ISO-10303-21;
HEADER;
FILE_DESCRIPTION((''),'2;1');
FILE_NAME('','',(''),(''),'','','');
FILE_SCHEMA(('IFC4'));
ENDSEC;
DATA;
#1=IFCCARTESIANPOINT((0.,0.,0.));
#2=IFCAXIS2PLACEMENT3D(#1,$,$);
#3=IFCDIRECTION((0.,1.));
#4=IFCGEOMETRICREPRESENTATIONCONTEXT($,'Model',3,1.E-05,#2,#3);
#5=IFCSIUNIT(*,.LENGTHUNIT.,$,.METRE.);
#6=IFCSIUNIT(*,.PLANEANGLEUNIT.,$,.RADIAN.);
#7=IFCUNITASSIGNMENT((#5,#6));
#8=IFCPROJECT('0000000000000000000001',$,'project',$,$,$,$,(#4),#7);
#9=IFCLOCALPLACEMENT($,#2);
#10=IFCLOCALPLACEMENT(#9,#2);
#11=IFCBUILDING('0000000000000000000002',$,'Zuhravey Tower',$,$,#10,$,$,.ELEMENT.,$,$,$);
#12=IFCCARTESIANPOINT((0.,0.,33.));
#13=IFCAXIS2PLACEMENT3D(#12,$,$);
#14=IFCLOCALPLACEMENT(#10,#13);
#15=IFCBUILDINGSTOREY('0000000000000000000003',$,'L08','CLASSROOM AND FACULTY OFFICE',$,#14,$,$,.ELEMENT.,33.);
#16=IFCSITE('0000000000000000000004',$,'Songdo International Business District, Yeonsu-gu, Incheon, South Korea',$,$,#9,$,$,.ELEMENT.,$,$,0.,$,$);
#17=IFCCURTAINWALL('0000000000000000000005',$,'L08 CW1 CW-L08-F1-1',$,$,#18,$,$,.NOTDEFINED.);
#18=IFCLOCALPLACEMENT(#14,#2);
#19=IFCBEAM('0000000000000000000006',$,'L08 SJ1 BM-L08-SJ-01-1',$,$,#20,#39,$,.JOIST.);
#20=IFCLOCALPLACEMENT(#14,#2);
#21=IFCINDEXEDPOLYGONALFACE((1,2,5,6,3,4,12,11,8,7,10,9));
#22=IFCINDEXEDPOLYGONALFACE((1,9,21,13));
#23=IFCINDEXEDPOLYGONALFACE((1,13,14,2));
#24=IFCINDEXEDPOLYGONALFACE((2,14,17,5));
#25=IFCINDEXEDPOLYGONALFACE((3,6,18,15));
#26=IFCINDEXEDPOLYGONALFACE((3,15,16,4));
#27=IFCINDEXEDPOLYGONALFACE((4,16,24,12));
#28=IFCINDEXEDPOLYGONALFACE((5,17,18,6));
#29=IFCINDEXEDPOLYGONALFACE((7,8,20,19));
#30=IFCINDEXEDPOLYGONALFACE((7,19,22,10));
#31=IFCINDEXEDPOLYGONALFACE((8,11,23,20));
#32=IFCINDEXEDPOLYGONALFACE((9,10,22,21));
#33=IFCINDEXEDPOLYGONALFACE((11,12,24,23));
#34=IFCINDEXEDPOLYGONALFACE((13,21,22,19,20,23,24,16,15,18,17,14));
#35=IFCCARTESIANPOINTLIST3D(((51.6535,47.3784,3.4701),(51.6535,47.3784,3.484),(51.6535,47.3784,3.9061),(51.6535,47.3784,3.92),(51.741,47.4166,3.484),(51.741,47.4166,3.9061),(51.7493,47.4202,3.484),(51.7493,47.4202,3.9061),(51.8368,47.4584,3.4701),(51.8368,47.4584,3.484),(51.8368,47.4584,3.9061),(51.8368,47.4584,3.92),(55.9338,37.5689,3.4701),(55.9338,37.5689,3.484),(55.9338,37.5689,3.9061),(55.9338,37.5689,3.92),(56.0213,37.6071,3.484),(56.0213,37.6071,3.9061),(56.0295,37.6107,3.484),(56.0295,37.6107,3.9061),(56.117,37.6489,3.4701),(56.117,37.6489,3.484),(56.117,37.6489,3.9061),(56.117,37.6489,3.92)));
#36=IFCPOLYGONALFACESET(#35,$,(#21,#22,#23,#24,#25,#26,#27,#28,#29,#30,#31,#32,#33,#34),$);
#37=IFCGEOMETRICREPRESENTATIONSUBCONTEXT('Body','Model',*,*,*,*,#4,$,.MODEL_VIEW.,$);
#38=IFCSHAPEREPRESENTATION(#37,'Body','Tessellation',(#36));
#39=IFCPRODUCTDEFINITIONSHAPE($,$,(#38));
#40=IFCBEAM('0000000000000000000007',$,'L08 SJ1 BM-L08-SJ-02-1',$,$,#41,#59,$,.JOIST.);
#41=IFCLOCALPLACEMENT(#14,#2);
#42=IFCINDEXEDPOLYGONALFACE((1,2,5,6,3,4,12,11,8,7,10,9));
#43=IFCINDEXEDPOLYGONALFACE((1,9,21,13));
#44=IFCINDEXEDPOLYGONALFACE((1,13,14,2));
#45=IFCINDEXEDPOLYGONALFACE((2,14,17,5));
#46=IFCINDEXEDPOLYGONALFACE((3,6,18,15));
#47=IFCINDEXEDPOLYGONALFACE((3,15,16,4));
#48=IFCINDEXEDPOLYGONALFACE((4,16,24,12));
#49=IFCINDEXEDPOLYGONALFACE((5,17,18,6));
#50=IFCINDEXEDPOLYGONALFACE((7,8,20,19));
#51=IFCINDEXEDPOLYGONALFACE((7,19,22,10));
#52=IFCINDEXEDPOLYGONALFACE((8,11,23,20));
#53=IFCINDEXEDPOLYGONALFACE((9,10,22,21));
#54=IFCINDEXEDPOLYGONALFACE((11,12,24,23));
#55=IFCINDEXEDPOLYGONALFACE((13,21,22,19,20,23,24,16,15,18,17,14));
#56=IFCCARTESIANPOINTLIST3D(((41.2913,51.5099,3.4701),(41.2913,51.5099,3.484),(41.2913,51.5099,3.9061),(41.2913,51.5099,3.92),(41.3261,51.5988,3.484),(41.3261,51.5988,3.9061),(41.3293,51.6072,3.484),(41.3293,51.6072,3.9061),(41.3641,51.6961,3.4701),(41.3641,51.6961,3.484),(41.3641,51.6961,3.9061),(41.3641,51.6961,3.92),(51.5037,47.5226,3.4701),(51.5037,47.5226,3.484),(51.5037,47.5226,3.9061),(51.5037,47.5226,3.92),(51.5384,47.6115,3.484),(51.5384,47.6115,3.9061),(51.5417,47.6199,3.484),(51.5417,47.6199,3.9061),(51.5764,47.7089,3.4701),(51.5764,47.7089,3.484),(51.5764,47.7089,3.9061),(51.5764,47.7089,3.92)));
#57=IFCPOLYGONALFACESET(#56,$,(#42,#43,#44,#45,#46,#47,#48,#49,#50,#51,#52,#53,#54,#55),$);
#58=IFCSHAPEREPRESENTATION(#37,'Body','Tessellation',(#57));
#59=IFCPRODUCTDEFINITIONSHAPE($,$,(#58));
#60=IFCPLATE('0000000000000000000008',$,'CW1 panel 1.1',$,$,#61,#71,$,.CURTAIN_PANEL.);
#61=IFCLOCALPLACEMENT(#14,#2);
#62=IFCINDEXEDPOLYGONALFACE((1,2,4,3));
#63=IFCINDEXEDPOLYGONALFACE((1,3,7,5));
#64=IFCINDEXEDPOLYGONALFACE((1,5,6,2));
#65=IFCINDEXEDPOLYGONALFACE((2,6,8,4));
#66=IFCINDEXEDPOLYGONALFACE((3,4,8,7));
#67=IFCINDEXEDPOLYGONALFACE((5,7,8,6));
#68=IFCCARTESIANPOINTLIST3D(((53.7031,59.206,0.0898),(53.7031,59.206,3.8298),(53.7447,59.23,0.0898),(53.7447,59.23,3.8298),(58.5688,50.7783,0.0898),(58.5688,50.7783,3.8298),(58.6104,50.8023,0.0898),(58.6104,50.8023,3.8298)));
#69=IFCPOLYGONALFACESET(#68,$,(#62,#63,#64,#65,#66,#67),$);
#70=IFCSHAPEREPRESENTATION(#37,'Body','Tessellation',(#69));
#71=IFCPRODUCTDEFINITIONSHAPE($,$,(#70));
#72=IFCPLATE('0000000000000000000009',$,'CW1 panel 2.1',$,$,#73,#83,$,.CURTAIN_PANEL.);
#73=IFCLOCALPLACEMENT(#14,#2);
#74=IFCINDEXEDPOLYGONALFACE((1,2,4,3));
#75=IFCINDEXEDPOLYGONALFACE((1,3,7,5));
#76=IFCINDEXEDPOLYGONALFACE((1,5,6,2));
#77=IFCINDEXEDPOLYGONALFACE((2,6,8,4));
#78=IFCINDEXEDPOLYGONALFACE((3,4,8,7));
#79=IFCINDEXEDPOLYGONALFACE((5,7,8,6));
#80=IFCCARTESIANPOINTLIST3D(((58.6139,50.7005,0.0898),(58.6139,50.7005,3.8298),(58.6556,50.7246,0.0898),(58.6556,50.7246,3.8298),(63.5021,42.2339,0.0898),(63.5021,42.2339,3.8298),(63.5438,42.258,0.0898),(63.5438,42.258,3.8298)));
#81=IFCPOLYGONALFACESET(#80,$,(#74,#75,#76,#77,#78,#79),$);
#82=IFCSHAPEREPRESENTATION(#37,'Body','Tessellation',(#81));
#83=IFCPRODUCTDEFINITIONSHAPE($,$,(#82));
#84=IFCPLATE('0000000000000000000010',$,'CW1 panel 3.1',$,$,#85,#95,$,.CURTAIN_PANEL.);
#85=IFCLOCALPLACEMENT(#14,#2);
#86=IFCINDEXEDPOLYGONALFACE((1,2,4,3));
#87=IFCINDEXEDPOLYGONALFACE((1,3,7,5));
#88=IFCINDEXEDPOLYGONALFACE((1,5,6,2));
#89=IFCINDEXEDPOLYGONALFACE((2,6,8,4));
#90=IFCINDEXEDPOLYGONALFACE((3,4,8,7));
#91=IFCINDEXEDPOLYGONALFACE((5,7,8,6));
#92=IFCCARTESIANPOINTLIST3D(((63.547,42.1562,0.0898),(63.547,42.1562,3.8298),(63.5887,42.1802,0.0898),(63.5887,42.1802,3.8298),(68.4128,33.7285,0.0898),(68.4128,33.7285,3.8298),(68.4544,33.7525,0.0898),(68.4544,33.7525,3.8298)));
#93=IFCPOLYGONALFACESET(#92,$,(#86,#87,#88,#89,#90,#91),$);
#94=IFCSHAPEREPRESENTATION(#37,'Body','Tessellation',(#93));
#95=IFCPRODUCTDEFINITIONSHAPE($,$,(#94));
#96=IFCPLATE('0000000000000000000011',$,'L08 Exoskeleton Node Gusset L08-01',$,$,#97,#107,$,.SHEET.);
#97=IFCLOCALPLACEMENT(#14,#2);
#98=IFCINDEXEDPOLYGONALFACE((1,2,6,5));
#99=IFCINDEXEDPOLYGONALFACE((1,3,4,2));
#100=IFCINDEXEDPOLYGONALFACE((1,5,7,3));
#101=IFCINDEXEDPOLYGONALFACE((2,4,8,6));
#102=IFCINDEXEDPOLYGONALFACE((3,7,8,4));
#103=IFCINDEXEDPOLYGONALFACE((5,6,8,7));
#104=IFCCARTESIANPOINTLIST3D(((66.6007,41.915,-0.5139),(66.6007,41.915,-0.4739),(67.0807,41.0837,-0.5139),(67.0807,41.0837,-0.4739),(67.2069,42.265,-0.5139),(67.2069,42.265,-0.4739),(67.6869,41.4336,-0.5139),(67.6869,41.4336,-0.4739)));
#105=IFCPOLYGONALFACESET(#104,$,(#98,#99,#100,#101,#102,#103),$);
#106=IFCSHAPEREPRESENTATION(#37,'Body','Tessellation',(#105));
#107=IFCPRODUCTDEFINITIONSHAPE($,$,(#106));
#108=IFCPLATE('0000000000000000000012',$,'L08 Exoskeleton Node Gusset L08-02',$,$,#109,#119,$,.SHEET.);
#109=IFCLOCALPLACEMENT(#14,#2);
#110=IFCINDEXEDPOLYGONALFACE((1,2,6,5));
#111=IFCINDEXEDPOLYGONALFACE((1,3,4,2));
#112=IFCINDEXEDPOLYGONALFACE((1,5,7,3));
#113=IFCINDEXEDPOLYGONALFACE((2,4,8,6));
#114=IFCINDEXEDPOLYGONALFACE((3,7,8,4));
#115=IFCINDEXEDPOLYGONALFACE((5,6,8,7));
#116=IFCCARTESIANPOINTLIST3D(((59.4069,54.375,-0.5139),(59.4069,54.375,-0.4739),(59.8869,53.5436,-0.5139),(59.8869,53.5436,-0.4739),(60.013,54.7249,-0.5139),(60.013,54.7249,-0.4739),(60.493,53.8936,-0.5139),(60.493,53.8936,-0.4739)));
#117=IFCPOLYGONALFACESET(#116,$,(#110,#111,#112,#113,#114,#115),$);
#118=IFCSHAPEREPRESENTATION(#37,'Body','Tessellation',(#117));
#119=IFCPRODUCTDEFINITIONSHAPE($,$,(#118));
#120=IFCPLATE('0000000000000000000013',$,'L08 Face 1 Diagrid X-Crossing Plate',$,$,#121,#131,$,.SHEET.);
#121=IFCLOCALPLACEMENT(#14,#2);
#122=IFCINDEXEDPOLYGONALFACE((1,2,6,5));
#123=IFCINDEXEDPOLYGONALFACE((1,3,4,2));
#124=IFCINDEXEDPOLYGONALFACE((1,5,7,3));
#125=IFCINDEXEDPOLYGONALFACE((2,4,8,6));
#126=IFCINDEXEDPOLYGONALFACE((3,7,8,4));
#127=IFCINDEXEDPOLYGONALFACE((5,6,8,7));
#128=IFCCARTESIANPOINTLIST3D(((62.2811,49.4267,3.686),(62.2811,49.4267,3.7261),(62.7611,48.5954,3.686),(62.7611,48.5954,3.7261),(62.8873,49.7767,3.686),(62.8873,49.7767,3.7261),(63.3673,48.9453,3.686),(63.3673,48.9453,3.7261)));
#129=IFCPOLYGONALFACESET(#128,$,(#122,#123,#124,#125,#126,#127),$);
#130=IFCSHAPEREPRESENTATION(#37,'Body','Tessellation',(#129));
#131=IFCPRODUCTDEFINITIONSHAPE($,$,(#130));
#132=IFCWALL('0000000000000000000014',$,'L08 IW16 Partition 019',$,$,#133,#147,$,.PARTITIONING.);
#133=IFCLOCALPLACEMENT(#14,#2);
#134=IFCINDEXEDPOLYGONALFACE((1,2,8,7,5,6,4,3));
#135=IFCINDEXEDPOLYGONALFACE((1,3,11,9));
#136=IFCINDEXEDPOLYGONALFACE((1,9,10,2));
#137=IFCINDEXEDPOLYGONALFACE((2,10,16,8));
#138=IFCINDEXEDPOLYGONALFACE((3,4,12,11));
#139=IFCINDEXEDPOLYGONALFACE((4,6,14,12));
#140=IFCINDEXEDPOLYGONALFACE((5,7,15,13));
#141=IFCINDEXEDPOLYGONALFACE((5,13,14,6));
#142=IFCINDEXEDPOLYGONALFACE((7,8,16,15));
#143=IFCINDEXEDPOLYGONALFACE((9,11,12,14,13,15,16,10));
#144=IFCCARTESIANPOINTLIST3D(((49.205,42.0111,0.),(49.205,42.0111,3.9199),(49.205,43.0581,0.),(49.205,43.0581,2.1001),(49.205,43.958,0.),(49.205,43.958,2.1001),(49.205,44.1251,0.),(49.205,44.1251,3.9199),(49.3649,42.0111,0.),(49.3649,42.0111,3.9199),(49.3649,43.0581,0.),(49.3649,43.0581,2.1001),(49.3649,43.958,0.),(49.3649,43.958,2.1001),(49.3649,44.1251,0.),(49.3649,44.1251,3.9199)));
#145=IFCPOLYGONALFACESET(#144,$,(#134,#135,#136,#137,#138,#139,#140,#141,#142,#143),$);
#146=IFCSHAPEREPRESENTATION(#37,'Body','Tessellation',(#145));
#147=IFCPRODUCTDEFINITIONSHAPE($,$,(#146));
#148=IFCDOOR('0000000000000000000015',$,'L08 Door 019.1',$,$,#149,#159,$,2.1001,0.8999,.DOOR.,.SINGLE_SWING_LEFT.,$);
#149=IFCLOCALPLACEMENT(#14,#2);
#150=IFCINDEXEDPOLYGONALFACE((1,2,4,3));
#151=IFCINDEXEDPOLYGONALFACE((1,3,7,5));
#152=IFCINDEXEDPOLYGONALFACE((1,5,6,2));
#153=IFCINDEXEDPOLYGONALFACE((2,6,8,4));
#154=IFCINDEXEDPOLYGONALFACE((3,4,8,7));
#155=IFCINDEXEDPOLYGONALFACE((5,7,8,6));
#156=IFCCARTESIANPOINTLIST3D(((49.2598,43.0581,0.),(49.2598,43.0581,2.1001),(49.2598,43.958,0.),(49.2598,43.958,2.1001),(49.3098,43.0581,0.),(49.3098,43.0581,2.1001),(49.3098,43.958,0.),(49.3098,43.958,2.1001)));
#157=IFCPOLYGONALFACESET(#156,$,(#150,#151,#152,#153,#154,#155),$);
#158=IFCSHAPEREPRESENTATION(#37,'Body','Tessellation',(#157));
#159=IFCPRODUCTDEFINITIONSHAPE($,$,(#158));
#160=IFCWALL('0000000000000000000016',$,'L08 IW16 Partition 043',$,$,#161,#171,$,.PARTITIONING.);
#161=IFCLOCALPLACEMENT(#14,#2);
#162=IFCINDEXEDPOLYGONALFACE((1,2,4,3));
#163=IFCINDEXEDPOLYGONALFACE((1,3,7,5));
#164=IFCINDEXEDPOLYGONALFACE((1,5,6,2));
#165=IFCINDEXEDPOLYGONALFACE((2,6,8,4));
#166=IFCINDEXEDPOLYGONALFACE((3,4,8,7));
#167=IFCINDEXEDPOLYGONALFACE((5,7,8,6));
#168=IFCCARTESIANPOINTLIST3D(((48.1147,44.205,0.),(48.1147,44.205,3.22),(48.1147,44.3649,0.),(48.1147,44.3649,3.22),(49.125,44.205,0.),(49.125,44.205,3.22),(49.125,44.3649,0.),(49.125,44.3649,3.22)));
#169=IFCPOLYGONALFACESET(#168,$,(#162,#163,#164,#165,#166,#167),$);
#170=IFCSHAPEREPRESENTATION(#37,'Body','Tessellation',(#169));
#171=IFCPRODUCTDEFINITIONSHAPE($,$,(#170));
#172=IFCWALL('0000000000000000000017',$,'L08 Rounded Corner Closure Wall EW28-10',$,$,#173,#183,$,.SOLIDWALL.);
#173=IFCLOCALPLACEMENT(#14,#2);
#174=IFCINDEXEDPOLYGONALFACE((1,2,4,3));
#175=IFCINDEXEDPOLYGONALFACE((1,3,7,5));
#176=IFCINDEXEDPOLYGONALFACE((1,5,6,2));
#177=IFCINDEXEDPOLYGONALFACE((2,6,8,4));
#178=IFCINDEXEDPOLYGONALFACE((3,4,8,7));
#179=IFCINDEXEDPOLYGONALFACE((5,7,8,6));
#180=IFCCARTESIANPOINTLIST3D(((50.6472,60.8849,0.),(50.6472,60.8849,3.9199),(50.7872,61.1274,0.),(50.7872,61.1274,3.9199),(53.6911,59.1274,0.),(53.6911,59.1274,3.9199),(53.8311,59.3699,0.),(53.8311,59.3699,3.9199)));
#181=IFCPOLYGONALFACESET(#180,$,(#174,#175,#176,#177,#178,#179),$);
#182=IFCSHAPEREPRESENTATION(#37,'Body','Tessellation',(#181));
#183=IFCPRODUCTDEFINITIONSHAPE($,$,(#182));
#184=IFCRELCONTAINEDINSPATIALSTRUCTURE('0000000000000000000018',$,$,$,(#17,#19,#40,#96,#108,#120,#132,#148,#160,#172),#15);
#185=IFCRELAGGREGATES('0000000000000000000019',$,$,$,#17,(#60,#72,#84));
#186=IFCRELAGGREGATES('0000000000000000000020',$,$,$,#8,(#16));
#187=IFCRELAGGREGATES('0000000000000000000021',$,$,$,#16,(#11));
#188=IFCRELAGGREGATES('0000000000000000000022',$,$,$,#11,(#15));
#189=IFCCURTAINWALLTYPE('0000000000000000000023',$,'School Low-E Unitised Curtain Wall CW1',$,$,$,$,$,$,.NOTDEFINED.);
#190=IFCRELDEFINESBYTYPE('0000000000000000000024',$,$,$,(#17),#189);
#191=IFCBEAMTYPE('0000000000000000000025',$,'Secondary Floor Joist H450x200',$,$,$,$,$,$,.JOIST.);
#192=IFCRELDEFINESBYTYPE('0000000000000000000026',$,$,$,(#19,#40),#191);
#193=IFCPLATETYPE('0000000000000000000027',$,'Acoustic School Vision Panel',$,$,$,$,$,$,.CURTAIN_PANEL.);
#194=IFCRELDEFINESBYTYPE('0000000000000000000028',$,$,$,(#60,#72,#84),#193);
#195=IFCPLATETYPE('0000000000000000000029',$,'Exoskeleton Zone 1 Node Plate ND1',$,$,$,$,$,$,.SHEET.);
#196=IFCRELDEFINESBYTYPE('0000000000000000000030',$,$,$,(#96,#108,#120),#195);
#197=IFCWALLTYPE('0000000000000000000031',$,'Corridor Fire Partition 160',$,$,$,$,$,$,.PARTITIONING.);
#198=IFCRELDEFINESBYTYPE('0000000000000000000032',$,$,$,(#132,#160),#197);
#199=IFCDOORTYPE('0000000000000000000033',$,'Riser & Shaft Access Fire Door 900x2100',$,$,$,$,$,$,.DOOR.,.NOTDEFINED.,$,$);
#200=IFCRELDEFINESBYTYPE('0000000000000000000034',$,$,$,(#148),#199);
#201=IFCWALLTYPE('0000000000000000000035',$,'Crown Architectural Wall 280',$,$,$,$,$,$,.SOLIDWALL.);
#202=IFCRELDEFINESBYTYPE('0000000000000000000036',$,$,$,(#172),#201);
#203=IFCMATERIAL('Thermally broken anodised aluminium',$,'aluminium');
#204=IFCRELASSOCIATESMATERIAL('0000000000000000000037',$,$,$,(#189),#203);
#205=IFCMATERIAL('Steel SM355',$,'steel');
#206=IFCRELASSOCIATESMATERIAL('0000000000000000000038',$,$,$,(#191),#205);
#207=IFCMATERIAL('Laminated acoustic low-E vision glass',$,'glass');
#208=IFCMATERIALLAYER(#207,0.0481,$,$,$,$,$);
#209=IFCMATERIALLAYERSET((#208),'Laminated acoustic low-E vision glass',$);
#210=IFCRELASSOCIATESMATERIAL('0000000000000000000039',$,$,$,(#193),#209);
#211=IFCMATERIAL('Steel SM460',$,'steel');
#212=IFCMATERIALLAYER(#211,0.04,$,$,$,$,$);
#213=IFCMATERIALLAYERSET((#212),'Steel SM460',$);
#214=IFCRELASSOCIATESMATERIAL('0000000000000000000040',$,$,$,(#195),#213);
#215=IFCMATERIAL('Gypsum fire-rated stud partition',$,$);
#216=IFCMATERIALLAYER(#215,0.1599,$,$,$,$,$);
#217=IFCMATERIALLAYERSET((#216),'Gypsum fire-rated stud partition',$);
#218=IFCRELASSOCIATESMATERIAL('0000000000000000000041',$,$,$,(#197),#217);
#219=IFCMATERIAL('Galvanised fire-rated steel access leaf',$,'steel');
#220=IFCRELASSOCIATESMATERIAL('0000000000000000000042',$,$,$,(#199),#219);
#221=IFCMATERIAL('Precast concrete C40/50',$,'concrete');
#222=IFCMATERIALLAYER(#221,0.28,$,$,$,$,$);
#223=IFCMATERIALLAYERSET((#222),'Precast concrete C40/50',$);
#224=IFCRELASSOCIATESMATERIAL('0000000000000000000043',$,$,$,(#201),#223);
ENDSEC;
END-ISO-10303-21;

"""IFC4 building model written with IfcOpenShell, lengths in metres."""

from ifc_helpers import new_model, si_unit, direction, frame, frame_2d, origin, origin_2d, place, context, subcontext, project, spatial, rectangle, i_section, extrude, material, layer, layer_set, material_profile, profile_set, type_object, element, fill, aggregate, save


model = new_model("IFC4")

# Units and contexts
model_context = context("Model", 3, precision=1e-05, world=origin(), true_north=direction((0.0, 1.0)))
body_context = subcontext(model_context, "Body", "Model", "MODEL_VIEW")
ifc_project = project(units=[si_unit("LENGTHUNIT", "METRE"), si_unit("PLANEANGLEUNIT", "RADIAN")], contexts=[model_context])

# Site, building, storey
site_placement = place(None, origin())
site = spatial("IfcSite", under=ifc_project, at=site_placement, Name="Songdo International Business District, Yeonsu-gu, Incheon, South Korea", CompositionType="ELEMENT", RefElevation=0.0)
building_placement = place(site_placement, origin())
building = spatial("IfcBuilding", under=site, at=building_placement, Name="Zuhravey Tower", CompositionType="ELEMENT")
storey_placement = place(building_placement, frame((0.0, 0.0, 33.0)))
storey = spatial("IfcBuildingStorey", under=building, at=storey_placement, Name="L08", Description="CLASSROOM AND FACULTY OFFICE", CompositionType="ELEMENT", Elevation=33.0)

# Shared definitions
ifc_material_1 = material(Name="Thermally broken anodised aluminium", Category="aluminium")
curtain_wall_type = type_object("IfcCurtainWallType", Name="School Low-E Unitised Curtain Wall CW1", PredefinedType="NOTDEFINED", material=ifc_material_1)

# Curtain wall
curtain_wall_1_placement = place(storey_placement, origin())
curtain_wall_1 = element("IfcCurtainWall", 1, at=curtain_wall_1_placement, inside=storey, type_object=curtain_wall_type, Name="L08 CW1 CW-L08-F1-1", PredefinedType="NOTDEFINED")

# Shared definitions
ifc_material_2 = material(Name="Steel SM355", Category="steel")
ifc_material_3 = material(Name="Steel SM460", Category="steel")

# Beams
ifc_material_profile_1 = material_profile(ifc_material_2, i_section(OverallWidth=0.2, OverallDepth=0.45, WebThickness=0.009, FlangeThickness=0.0139, at=origin_2d()), Name="H-450x200x9x14")
ifc_profile_set_1 = profile_set([ifc_material_profile_1], Name="Steel SM355")
beam_type_1 = type_object("IfcBeamType", Name="Secondary Floor Joist H450x200", PredefinedType="JOIST", material=ifc_profile_set_1)
beam_1_placement = place(storey_placement, frame((56.0254, 37.6089, 3.6951), z_axis=(-0.399924, 0.916549, 0.0), x_axis=(-0.916549, -0.399924, 0.0)))
element("IfcBeam", 2, at=beam_1_placement, inside=storey, type_object=beam_type_1, Name="L08 SJ1 BM-L08-SJ-01-1", PredefinedType="JOIST", context=body_context, shape_type="SweptSolid", body=[
    extrude(i_section(OverallWidth=0.2, OverallDepth=0.45, WebThickness=0.009, FlangeThickness=0.0139, at=origin_2d()), origin(), (0.0, 0.0, 1.0), 10.7026),
])
beam_2_placement = place(storey_placement, frame((51.54, 47.6157, 3.6951), z_axis=(-0.931517, 0.363699, 0.0), x_axis=(-0.363699, -0.931517, 0.0)))
element("IfcBeam", 3, at=beam_2_placement, inside=storey, type_object=beam_type_1, Name="L08 SJ1 BM-L08-SJ-02-1", PredefinedType="JOIST", context=body_context, shape_type="SweptSolid", body=[
    extrude(i_section(OverallWidth=0.2, OverallDepth=0.45, WebThickness=0.009, FlangeThickness=0.0139, at=origin_2d()), origin(), (0.0, 0.0, 1.0), 10.9631),
])

# Plates
ifc_material_4 = material(Name="Laminated acoustic low-E vision glass", Category="glass")
ifc_layer_1 = layer(ifc_material_4, 0.0481)
ifc_layer_set_1 = layer_set([ifc_layer_1], Name="Laminated acoustic low-E vision glass")
plate_type_1 = type_object("IfcPlateType", Name="Acoustic School Vision Panel", PredefinedType="CURTAIN_PANEL", material=ifc_layer_set_1)
plate_1_placement = place(storey_placement, frame((56.1567, 55.0042, 0.0898), z_axis=(0.0, 0.0, 1.0), x_axis=(0.5, -0.866026, 0.0)))
plate_1 = element("IfcPlate", 4, at=plate_1_placement, type_object=plate_type_1, Name="CW1 panel 1.1", PredefinedType="CURTAIN_PANEL", context=body_context, shape_type="SweptSolid", body=[
    extrude(rectangle(XDim=9.7314, YDim=0.0481, at=origin_2d()), origin(), (0.0, 0.0, 1.0), 3.74),
])
plate_2_placement = place(storey_placement, frame((61.0789, 46.4792, 0.0898), z_axis=(0.0, 0.0, 1.0), x_axis=(0.5, -0.866026, 0.0)))
plate_2 = element("IfcPlate", 5, at=plate_2_placement, type_object=plate_type_1, Name="CW1 panel 2.1", PredefinedType="CURTAIN_PANEL", context=body_context, shape_type="SweptSolid", body=[
    extrude(rectangle(XDim=9.7764, YDim=0.0481, at=origin_2d()), origin(), (0.0, 0.0, 1.0), 3.74),
])
plate_3_placement = place(storey_placement, frame((66.0007, 37.9543, 0.0898), z_axis=(0.0, 0.0, 1.0), x_axis=(0.5, -0.866026, 0.0)))
plate_3 = element("IfcPlate", 6, at=plate_3_placement, type_object=plate_type_1, Name="CW1 panel 3.1", PredefinedType="CURTAIN_PANEL", context=body_context, shape_type="SweptSolid", body=[
    extrude(rectangle(XDim=9.7314, YDim=0.0481, at=origin_2d()), origin(), (0.0, 0.0, 1.0), 3.74),
])
aggregate(curtain_wall_1, [plate_1, plate_2, plate_3])

# Plates
ifc_layer_2 = layer(ifc_material_3, 0.04)
ifc_layer_set_2 = layer_set([ifc_layer_2], Name="Steel SM460")
plate_type_2 = type_object("IfcPlateType", Name="Exoskeleton Zone 1 Node Plate ND1", PredefinedType="SHEET", material=ifc_layer_set_2)
for number, where, z_axis, x_axis, name in (
    (7, (67.1438, 41.6743, -0.5139), (0.0, 0.0, 1.0), (-0.5, 0.866025, 0.0), "L08 Exoskeleton Node Gusset L08-01"),
    (8, (59.95, 54.1343, -0.5139), (0.0, 0.0, 1.0), (-0.5, 0.866025, 0.0), "L08 Exoskeleton Node Gusset L08-02"),
    (9, (62.8242, 49.186, 3.686), (0.0, 0.0, 1.0), (-0.5, 0.866025, 0.0), "L08 Face 1 Diagrid X-Crossing Plate"),
):
    element("IfcPlate", number, at=place(storey_placement, frame(where, z_axis=z_axis, x_axis=x_axis)), inside=storey, type_object=plate_type_2, Name=name, PredefinedType="SHEET", context=body_context, shape_type="SweptSolid", body=[
        extrude(rectangle(XDim=0.96, YDim=0.7, at=origin_2d()), origin(), (0.0, 0.0, 1.0), 0.04),
    ])

# Wall, opening, door
ifc_material_5 = material(Name="Gypsum fire-rated stud partition")
ifc_layer_3 = layer(ifc_material_5, 0.1599)
ifc_layer_set_3 = layer_set([ifc_layer_3], Name="Gypsum fire-rated stud partition")
wall_type_1 = type_object("IfcWallType", Name="Corridor Fire Partition 160", PredefinedType="PARTITIONING", material=ifc_layer_set_3)
wall_1_placement = place(storey_placement, frame((49.2849, 42.011, 0.0), z_axis=(0.0, 0.0, 1.0), x_axis=(0.0, 1.0, 0.0)))
wall_1 = element("IfcWall", 10, at=wall_1_placement, inside=storey, type_object=wall_type_1, Name="L08 IW16 Partition 019", PredefinedType="PARTITIONING", context=body_context, shape_type="SweptSolid", body=[
    extrude(rectangle(XDim=2.114, YDim=0.1599, at=frame_2d((1.0571, 0.0))), origin(), (0.0, 0.0, 1.0), 3.9199),
])
opening_placement = place(wall_1_placement, frame((1.0471, 0.0, 0.0)))
opening = element("IfcOpeningElement", 11, at=opening_placement, cuts=wall_1, PredefinedType="OPENING", context=body_context, shape_type="SweptSolid", body=[
    extrude(rectangle(XDim=0.8999, YDim=2.1001, at=frame_2d((0.45, 1.05))), frame((0.0, 0.092, 0.0), z_axis=(0.0, -1.0, 0.0), x_axis=(1.0, 0.0, 0.0)), (0.0, 0.0, 1.0), 0.1838),
])
ifc_material_6 = material(Name="Galvanised fire-rated steel access leaf", Category="steel")
door_type = type_object("IfcDoorType", Name="Riser & Shaft Access Fire Door 900x2100", OperationType="NOTDEFINED", PredefinedType="DOOR", material=ifc_material_6)
door_placement = place(opening_placement, frame((0.8999, 0.0, 0.0), z_axis=(0.0, 0.0, 1.0), x_axis=(-1.0, 0.0, 0.0)))
door = element("IfcDoor", 12, at=door_placement, inside=storey, type_object=door_type, Name="L08 Door 019.1", OperationType="SINGLE_SWING_LEFT", OverallHeight=2.1001, OverallWidth=0.8999, PredefinedType="DOOR", context=body_context, shape_type="SweptSolid", body=[
    extrude(rectangle(XDim=0.8999, YDim=2.1001, at=frame_2d((0.45, 1.05))), frame((0.0, 0.0249, 0.0), z_axis=(0.0, -1.0, 0.0), x_axis=(1.0, 0.0, 0.0)), (0.0, 0.0, 1.0), 0.05),
])
fill(opening, door)

# Walls
wall_2_placement = place(storey_placement, frame((49.125, 44.2849, 0.0), z_axis=(0.0, 0.0, 1.0), x_axis=(-1.0, 0.0, 0.0)))
element("IfcWall", 13, at=wall_2_placement, inside=storey, type_object=wall_type_1, Name="L08 IW16 Partition 043", PredefinedType="PARTITIONING", context=body_context, shape_type="SweptSolid", body=[
    extrude(rectangle(XDim=1.0103, YDim=0.1599, at=frame_2d((0.5051, 0.0))), origin(), (0.0, 0.0, 1.0), 3.22),
])
ifc_material_7 = material(Name="Precast concrete C40/50", Category="concrete")
ifc_layer_4 = layer(ifc_material_7, 0.28)
ifc_layer_set_4 = layer_set([ifc_layer_4], Name="Precast concrete C40/50")
wall_type_2 = type_object("IfcWallType", Name="Crown Architectural Wall 280", PredefinedType="SOLIDWALL", material=ifc_layer_set_4)
wall_3_placement = place(storey_placement, frame((50.7173, 61.0061, 0.0), z_axis=(0.0, 0.0, 1.0), x_axis=(0.866007, -0.500031, 0.0)))
element("IfcWall", 14, at=wall_3_placement, inside=storey, type_object=wall_type_2, Name="L08 Rounded Corner Closure Wall EW28-10", PredefinedType="SOLIDWALL", context=body_context, shape_type="SweptSolid", body=[
    extrude(rectangle(XDim=3.5149, YDim=0.28, at=frame_2d((1.7573, 0.0))), origin(), (0.0, 0.0, 1.0), 3.9199),
])

save(model, "model.ifc")
